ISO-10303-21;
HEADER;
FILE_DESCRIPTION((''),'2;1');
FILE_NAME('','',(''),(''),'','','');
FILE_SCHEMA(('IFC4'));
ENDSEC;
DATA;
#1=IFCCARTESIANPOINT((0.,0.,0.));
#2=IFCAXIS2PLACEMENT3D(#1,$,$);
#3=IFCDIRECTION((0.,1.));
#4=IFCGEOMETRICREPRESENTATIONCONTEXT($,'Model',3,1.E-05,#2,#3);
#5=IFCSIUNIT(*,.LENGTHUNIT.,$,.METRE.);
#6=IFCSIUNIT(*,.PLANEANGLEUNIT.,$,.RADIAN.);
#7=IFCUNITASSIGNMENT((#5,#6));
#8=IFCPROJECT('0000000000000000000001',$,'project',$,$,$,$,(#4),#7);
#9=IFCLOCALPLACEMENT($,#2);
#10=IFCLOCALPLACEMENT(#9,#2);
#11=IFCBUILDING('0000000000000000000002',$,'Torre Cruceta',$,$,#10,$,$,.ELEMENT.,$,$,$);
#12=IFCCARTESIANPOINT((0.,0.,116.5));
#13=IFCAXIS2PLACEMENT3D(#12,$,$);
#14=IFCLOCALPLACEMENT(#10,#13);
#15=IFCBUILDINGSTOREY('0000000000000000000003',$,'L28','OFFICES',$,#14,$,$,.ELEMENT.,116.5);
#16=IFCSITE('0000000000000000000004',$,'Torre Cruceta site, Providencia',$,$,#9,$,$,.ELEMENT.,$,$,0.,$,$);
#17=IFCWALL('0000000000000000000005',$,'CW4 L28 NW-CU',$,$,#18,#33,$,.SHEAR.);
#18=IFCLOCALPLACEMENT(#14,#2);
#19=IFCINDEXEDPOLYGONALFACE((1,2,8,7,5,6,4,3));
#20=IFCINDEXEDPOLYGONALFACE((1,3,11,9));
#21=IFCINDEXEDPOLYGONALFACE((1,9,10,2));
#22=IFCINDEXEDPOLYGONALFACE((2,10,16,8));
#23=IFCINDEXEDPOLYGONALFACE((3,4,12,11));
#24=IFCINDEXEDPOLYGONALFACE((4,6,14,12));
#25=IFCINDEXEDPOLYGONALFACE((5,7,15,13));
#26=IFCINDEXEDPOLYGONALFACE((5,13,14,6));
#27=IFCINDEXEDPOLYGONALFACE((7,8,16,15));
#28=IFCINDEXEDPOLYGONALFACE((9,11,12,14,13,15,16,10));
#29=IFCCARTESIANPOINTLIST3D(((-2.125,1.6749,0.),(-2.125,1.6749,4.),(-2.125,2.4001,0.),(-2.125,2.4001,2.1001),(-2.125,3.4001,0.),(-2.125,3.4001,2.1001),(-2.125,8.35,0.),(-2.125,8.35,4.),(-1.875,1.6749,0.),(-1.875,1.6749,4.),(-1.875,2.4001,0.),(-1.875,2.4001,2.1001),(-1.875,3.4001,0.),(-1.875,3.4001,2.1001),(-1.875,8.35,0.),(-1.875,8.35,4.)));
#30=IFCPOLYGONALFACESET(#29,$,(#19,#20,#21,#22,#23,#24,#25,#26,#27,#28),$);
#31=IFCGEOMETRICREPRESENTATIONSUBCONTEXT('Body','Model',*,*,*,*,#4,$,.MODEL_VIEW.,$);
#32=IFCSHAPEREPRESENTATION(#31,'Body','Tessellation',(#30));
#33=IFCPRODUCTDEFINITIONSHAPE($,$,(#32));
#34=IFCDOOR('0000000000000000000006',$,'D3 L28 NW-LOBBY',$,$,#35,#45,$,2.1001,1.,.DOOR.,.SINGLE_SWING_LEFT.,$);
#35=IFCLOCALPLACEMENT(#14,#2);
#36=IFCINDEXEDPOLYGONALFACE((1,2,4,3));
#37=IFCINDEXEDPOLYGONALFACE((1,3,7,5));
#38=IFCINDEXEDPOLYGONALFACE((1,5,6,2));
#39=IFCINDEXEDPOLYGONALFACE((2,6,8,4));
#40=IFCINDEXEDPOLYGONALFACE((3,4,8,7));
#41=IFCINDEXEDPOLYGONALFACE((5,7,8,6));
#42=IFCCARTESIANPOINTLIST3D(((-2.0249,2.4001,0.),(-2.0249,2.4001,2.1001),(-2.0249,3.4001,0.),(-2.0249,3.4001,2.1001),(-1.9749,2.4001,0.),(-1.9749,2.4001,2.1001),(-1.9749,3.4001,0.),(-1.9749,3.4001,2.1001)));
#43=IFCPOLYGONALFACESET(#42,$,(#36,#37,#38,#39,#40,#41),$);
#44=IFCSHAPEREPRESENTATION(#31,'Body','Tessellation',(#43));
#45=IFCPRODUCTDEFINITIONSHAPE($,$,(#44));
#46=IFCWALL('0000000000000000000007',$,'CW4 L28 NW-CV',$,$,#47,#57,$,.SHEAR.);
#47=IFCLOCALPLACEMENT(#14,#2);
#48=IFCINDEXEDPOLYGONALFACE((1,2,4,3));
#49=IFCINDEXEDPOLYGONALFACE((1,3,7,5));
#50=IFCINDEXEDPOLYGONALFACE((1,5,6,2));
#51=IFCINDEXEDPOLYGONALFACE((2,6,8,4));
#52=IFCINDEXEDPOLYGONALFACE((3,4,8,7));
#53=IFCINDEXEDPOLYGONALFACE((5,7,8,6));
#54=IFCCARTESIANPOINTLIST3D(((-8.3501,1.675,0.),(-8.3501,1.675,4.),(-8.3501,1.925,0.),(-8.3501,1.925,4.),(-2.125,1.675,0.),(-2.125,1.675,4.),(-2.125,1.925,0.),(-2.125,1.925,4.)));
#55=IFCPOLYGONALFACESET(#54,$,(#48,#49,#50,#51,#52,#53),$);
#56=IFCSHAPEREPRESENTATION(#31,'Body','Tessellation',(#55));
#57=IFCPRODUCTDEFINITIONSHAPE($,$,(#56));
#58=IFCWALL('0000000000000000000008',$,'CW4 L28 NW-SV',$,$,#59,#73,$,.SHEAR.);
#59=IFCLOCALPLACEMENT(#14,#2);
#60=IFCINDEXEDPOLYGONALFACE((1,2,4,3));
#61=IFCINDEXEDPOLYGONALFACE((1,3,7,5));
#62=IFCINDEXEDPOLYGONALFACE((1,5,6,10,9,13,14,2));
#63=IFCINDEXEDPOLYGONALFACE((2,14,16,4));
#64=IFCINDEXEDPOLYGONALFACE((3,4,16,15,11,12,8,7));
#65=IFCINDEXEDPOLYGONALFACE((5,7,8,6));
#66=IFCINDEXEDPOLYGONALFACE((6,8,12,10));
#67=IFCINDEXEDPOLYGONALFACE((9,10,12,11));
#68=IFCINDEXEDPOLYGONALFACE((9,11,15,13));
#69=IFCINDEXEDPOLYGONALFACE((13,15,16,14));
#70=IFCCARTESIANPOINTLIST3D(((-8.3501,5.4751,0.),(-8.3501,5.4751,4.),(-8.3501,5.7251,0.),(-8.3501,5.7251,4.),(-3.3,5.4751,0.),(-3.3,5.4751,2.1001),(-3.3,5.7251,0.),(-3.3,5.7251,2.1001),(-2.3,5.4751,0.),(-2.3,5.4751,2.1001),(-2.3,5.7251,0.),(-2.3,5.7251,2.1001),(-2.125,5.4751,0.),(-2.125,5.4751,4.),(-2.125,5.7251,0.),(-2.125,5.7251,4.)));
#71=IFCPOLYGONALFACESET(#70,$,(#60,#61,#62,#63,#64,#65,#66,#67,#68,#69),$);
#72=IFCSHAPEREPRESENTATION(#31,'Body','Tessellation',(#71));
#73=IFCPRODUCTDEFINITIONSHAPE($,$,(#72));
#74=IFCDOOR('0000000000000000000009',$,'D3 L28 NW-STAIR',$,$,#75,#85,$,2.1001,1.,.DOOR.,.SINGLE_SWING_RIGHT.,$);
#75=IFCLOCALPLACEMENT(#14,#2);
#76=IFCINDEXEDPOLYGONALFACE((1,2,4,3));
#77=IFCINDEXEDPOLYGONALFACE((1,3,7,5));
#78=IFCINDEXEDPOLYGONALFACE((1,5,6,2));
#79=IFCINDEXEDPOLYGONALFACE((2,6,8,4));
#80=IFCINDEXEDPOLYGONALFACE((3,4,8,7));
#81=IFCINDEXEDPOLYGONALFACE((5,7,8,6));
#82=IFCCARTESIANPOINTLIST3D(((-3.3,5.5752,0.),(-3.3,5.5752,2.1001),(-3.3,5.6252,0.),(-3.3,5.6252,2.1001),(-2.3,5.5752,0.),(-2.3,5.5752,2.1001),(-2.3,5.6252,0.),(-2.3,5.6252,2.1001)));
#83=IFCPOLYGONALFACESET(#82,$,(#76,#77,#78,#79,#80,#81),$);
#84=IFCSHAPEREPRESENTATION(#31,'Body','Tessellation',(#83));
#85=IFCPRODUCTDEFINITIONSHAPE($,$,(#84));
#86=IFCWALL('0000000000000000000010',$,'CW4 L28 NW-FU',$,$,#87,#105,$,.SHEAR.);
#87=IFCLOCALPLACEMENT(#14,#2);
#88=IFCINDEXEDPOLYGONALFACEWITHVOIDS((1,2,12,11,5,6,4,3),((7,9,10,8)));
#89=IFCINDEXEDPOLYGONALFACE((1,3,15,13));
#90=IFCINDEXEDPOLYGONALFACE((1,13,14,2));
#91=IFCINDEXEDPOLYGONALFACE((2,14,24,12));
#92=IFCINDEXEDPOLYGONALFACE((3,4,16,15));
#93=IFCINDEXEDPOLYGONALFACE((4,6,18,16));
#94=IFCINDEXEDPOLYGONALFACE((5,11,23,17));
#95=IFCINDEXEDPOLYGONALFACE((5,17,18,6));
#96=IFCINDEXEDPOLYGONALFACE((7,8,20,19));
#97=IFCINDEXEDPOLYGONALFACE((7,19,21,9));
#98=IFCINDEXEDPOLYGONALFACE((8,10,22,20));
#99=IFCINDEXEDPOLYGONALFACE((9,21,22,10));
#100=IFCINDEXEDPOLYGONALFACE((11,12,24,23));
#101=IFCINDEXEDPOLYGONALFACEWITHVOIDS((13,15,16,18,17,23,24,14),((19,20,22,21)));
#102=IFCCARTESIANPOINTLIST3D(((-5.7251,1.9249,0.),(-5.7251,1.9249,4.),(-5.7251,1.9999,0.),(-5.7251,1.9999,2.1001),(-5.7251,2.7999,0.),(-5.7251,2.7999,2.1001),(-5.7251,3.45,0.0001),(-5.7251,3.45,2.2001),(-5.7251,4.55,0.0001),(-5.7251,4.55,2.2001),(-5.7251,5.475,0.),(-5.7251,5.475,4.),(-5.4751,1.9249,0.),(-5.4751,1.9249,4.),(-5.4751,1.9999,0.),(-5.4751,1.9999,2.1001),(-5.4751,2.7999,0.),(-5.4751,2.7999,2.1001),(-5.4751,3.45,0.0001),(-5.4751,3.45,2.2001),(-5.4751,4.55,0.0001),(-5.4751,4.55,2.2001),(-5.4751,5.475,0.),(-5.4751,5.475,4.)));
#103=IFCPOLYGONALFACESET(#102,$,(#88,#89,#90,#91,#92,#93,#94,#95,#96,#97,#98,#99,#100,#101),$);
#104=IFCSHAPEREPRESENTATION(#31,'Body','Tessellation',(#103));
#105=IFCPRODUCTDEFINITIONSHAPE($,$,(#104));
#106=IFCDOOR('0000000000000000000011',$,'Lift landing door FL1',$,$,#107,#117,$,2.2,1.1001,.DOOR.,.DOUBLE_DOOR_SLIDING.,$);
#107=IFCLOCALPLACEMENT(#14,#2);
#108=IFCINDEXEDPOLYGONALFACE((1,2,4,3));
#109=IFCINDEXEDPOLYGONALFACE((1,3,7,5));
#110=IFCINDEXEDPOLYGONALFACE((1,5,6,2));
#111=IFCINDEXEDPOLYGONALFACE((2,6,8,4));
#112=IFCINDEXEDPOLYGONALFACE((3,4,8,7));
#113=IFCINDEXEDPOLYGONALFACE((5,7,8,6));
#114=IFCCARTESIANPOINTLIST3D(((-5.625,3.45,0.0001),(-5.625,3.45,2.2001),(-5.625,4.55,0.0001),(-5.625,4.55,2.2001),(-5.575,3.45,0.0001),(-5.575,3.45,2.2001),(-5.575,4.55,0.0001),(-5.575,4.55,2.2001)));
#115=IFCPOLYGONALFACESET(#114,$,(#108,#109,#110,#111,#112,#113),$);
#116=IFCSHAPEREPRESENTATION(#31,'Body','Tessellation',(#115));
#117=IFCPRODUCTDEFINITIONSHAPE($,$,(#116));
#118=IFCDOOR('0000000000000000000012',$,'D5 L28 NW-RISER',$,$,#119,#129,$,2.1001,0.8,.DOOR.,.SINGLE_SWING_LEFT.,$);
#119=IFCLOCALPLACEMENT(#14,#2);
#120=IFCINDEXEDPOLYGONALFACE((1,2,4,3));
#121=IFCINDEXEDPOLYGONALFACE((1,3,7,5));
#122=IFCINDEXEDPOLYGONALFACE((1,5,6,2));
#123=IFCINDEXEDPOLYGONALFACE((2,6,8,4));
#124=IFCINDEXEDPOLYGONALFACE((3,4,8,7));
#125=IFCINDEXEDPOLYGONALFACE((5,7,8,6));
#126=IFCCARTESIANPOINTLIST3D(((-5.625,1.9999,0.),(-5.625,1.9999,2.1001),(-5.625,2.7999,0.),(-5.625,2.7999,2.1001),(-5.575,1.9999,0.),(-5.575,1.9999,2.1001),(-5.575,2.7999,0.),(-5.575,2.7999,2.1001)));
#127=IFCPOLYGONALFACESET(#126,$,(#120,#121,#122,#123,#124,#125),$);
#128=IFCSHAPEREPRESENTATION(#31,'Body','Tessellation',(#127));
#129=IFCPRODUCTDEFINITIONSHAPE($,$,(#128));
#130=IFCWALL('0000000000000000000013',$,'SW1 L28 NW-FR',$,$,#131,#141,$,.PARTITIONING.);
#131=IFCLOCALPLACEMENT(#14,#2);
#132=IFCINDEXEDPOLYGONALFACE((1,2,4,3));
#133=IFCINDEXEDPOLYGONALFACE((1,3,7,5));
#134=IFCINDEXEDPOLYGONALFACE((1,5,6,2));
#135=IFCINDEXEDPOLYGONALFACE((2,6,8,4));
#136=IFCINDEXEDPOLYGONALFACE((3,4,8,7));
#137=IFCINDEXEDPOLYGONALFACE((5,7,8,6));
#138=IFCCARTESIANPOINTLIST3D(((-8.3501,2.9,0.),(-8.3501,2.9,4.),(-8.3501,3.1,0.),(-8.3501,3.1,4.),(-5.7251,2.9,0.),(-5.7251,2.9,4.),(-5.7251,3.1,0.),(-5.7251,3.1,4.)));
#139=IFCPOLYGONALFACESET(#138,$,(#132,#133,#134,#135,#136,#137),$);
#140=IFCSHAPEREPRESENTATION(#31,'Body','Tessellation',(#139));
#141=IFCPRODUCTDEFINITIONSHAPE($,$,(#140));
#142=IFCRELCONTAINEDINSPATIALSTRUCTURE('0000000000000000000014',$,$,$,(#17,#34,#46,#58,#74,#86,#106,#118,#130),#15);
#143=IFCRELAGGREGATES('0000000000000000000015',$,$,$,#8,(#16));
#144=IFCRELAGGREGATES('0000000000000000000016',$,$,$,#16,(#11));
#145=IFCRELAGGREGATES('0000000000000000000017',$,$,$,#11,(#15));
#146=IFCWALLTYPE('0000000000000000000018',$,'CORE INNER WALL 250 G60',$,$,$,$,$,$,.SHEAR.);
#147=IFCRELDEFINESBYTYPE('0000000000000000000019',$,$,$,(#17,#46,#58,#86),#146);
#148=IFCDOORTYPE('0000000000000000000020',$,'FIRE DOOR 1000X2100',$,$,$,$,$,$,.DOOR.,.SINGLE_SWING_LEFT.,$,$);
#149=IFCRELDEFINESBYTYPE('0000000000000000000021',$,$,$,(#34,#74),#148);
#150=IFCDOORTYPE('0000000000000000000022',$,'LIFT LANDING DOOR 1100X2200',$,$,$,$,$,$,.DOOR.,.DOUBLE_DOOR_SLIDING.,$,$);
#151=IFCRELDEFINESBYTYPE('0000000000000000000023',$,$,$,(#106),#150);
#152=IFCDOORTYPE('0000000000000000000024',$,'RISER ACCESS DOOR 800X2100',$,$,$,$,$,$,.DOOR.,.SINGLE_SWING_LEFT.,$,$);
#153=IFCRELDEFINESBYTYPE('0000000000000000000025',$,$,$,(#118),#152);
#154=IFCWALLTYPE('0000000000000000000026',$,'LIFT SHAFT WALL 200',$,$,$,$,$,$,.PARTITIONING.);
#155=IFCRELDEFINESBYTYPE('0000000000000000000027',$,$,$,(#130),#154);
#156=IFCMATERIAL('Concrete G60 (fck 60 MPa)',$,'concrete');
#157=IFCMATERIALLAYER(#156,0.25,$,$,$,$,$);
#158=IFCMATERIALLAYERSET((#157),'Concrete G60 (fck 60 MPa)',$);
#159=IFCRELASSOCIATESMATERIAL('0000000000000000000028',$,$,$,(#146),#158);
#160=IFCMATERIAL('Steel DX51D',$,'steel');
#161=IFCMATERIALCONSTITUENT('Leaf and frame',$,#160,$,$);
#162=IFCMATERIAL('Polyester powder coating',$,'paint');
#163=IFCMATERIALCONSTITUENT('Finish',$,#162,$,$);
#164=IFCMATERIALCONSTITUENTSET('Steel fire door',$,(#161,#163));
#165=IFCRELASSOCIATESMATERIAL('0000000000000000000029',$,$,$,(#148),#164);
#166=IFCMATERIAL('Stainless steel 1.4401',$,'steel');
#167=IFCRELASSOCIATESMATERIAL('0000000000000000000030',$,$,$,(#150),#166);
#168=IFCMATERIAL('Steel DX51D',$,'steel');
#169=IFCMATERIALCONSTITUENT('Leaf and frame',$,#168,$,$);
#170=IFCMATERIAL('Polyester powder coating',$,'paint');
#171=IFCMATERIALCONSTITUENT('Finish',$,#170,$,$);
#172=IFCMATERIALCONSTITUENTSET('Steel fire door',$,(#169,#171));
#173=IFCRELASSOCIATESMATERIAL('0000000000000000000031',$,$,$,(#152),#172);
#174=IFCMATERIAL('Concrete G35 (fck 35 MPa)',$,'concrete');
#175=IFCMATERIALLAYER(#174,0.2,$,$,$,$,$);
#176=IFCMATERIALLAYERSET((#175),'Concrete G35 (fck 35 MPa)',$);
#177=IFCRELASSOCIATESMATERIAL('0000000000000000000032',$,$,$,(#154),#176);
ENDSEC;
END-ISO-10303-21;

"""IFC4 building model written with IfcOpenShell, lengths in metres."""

from ifc_helpers import new_model, si_unit, direction, frame, frame_2d, origin, place, context, subcontext, project, spatial, rectangle, extrude, material, layer, layer_set, constituent, constituent_set, type_object, element, fill, save


model = new_model("IFC4")

# Units and contexts
model_context = context("Model", 3, precision=1e-05, world=origin(), true_north=direction((0.0, 1.0)))
body_context = subcontext(model_context, "Body", "Model", "MODEL_VIEW")
ifc_project = project(units=[si_unit("LENGTHUNIT", "METRE"), si_unit("PLANEANGLEUNIT", "RADIAN")], contexts=[model_context])

# Site, building, storey
site_placement = place(None, origin())
site = spatial("IfcSite", under=ifc_project, at=site_placement, Name="Torre Cruceta site, Providencia", CompositionType="ELEMENT", RefElevation=0.0)
building_placement = place(site_placement, origin())
building = spatial("IfcBuilding", under=site, at=building_placement, Name="Torre Cruceta", CompositionType="ELEMENT")
storey_placement = place(building_placement, frame((0.0, 0.0, 116.5)))
storey = spatial("IfcBuildingStorey", under=building, at=storey_placement, Name="L28", Description="OFFICES", CompositionType="ELEMENT", Elevation=116.5)

# Wall, opening, door
ifc_material_1 = material(Name="Concrete G60 (fck 60 MPa)", Category="concrete")
ifc_layer_1 = layer(ifc_material_1, 0.25)
ifc_layer_set_1 = layer_set([ifc_layer_1], Name="Concrete G60 (fck 60 MPa)")
wall_type_1 = type_object("IfcWallType", Name="CORE INNER WALL 250 G60", PredefinedType="SHEAR", material=ifc_layer_set_1)
wall_1_placement = place(storey_placement, frame((-2.0, 1.675, 0.0), z_axis=(0.0, 0.0, 1.0), x_axis=(0.0, 1.0, 0.0)))
wall_1 = element("IfcWall", 1, at=wall_1_placement, inside=storey, type_object=wall_type_1, Name="CW4 L28 NW-CU", PredefinedType="SHEAR", context=body_context, shape_type="SweptSolid", body=[
    extrude(rectangle(XDim=6.675, YDim=0.25, at=frame_2d((3.3374, 0.0))), origin(), (0.0, 0.0, 1.0), 4.0),
])
opening_1_placement = place(wall_1_placement, frame((0.7251, 0.0, 0.0)))
opening_1 = element("IfcOpeningElement", 2, at=opening_1_placement, cuts=wall_1, PredefinedType="OPENING", context=body_context, shape_type="SweptSolid", body=[
    extrude(rectangle(XDim=1.0, YDim=2.1001, at=frame_2d((0.5, 1.05))), frame((0.0, 0.135, 0.0), z_axis=(0.0, -1.0, 0.0), x_axis=(1.0, 0.0, 0.0)), (0.0, 0.0, 1.0), 0.27),
])
ifc_material_2 = material(Name="Steel DX51D", Category="steel")
ifc_constituent_1 = constituent(ifc_material_2, Name="Leaf and frame")
ifc_material_3 = material(Name="Polyester powder coating", Category="paint")
ifc_constituent_2 = constituent(ifc_material_3, Name="Finish")
ifc_constituent_set_1 = constituent_set(constituents=[ifc_constituent_1, ifc_constituent_2], Name="Steel fire door")
door_type_1 = type_object("IfcDoorType", Name="FIRE DOOR 1000X2100", OperationType="SINGLE_SWING_LEFT", PredefinedType="DOOR", material=ifc_constituent_set_1)
door_1_placement = place(opening_1_placement, origin())
door_1 = element("IfcDoor", 3, at=door_1_placement, inside=storey, type_object=door_type_1, Name="D3 L28 NW-LOBBY", OperationType="SINGLE_SWING_LEFT", OverallHeight=2.1001, OverallWidth=1.0, PredefinedType="DOOR", context=body_context, shape_type="SweptSolid", body=[
    extrude(rectangle(XDim=1.0, YDim=2.1001, at=frame_2d((0.5, 1.05))), frame((0.0, 0.0249, 0.0), z_axis=(0.0, -1.0, 0.0), x_axis=(1.0, 0.0, 0.0)), (0.0, 0.0, 1.0), 0.05),
])
fill(opening_1, door_1)

# Wall
wall_2_placement = place(storey_placement, frame((-2.125, 1.8, 0.0), z_axis=(0.0, 0.0, 1.0), x_axis=(-1.0, 0.0, 0.0)))
element("IfcWall", 4, at=wall_2_placement, inside=storey, type_object=wall_type_1, Name="CW4 L28 NW-CV", PredefinedType="SHEAR", context=body_context, shape_type="SweptSolid", body=[
    extrude(rectangle(XDim=6.2251, YDim=0.25, at=frame_2d((3.1125, 0.0))), origin(), (0.0, 0.0, 1.0), 4.0),
])

# Wall, opening, door
wall_3_placement = place(storey_placement, frame((-2.125, 5.6001, 0.0), z_axis=(0.0, 0.0, 1.0), x_axis=(-1.0, 0.0, 0.0)))
wall_3 = element("IfcWall", 5, at=wall_3_placement, inside=storey, type_object=wall_type_1, Name="CW4 L28 NW-SV", PredefinedType="SHEAR", context=body_context, shape_type="SweptSolid", body=[
    extrude(rectangle(XDim=6.2251, YDim=0.25, at=frame_2d((3.1125, 0.0))), origin(), (0.0, 0.0, 1.0), 4.0),
])
opening_2_placement = place(wall_3_placement, frame((0.175, 0.0, 0.0)))
opening_2 = element("IfcOpeningElement", 6, at=opening_2_placement, cuts=wall_3, PredefinedType="OPENING", context=body_context, shape_type="SweptSolid", body=[
    extrude(rectangle(XDim=1.0, YDim=2.1001, at=frame_2d((0.5, 1.05))), frame((0.0, 0.135, 0.0), z_axis=(0.0, -1.0, 0.0), x_axis=(1.0, 0.0, 0.0)), (0.0, 0.0, 1.0), 0.27),
])
door_2_placement = place(opening_2_placement, frame((1.0, 0.0, 0.0), z_axis=(0.0, 0.0, 1.0), x_axis=(-1.0, 0.0, 0.0)))
door_2 = element("IfcDoor", 7, at=door_2_placement, inside=storey, type_object=door_type_1, Name="D3 L28 NW-STAIR", OperationType="SINGLE_SWING_RIGHT", OverallHeight=2.1001, OverallWidth=1.0, PredefinedType="DOOR", context=body_context, shape_type="SweptSolid", body=[
    extrude(rectangle(XDim=1.0, YDim=2.1001, at=frame_2d((0.5, 1.05))), frame((0.0, 0.0251, 0.0), z_axis=(0.0, -1.0, 0.0), x_axis=(1.0, 0.0, 0.0)), (0.0, 0.0, 1.0), 0.05),
])
fill(opening_2, door_2)

# Wall, openings, doors
wall_4_placement = place(storey_placement, frame((-5.6001, 1.925, 0.0), z_axis=(0.0, 0.0, 1.0), x_axis=(0.0, 1.0, 0.0)))
wall_4 = element("IfcWall", 8, at=wall_4_placement, inside=storey, type_object=wall_type_1, Name="CW4 L28 NW-FU", PredefinedType="SHEAR", context=body_context, shape_type="SweptSolid", body=[
    extrude(rectangle(XDim=3.55, YDim=0.25, at=frame_2d((1.7749, 0.0))), origin(), (0.0, 0.0, 1.0), 4.0),
])
opening_3_placement = place(wall_4_placement, frame((1.5249, 0.0, 0.0)))
opening_3 = element("IfcOpeningElement", 9, at=opening_3_placement, cuts=wall_4, PredefinedType="OPENING", context=body_context, shape_type="SweptSolid", body=[
    extrude(rectangle(XDim=1.1001, YDim=2.2, at=frame_2d((0.55, 1.1001))), frame((0.0, 0.135, 0.0), z_axis=(0.0, -1.0, 0.0), x_axis=(1.0, 0.0, 0.0)), (0.0, 0.0, 1.0), 0.27),
])
opening_4_placement = place(wall_4_placement, frame((0.075, 0.0, 0.0)))
opening_4 = element("IfcOpeningElement", 10, at=opening_4_placement, cuts=wall_4, PredefinedType="OPENING", context=body_context, shape_type="SweptSolid", body=[
    extrude(rectangle(XDim=0.8, YDim=2.1001, at=frame_2d((0.3999, 1.05))), frame((0.0, 0.135, 0.0), z_axis=(0.0, -1.0, 0.0), x_axis=(1.0, 0.0, 0.0)), (0.0, 0.0, 1.0), 0.27),
])
ifc_material_4 = material(Name="Stainless steel 1.4401", Category="steel")
door_type_2 = type_object("IfcDoorType", Name="LIFT LANDING DOOR 1100X2200", OperationType="DOUBLE_DOOR_SLIDING", PredefinedType="DOOR", material=ifc_material_4)
door_3_placement = place(opening_3_placement, origin())
door_3 = element("IfcDoor", 11, at=door_3_placement, inside=storey, type_object=door_type_2, Name="Lift landing door FL1", OperationType="DOUBLE_DOOR_SLIDING", OverallHeight=2.2, OverallWidth=1.1001, PredefinedType="DOOR", context=body_context, shape_type="SweptSolid", body=[
    extrude(rectangle(XDim=1.1001, YDim=2.2, at=frame_2d((0.55, 1.1001))), frame((0.0, 0.0249, 0.0), z_axis=(0.0, -1.0, 0.0), x_axis=(1.0, 0.0, 0.0)), (0.0, 0.0, 1.0), 0.05),
])
fill(opening_3, door_3)
ifc_material_5 = material(Name="Steel DX51D", Category="steel")
ifc_constituent_3 = constituent(ifc_material_5, Name="Leaf and frame")
ifc_material_6 = material(Name="Polyester powder coating", Category="paint")
ifc_constituent_4 = constituent(ifc_material_6, Name="Finish")
ifc_constituent_set_2 = constituent_set(constituents=[ifc_constituent_3, ifc_constituent_4], Name="Steel fire door")
door_type_3 = type_object("IfcDoorType", Name="RISER ACCESS DOOR 800X2100", OperationType="SINGLE_SWING_LEFT", PredefinedType="DOOR", material=ifc_constituent_set_2)
door_4_placement = place(opening_4_placement, origin())
door_4 = element("IfcDoor", 12, at=door_4_placement, inside=storey, type_object=door_type_3, Name="D5 L28 NW-RISER", OperationType="SINGLE_SWING_LEFT", OverallHeight=2.1001, OverallWidth=0.8, PredefinedType="DOOR", context=body_context, shape_type="SweptSolid", body=[
    extrude(rectangle(XDim=0.8, YDim=2.1001, at=frame_2d((0.3999, 1.05))), frame((0.0, 0.0249, 0.0), z_axis=(0.0, -1.0, 0.0), x_axis=(1.0, 0.0, 0.0)), (0.0, 0.0, 1.0), 0.05),
])
fill(opening_4, door_4)

# Wall
ifc_material_7 = material(Name="Concrete G35 (fck 35 MPa)", Category="concrete")
ifc_layer_2 = layer(ifc_material_7, 0.2)
ifc_layer_set_2 = layer_set([ifc_layer_2], Name="Concrete G35 (fck 35 MPa)")
wall_type_2 = type_object("IfcWallType", Name="LIFT SHAFT WALL 200", PredefinedType="PARTITIONING", material=ifc_layer_set_2)
wall_5_placement = place(storey_placement, frame((-5.7251, 3.0, 0.0), z_axis=(0.0, 0.0, 1.0), x_axis=(-1.0, 0.0, 0.0)))
element("IfcWall", 13, at=wall_5_placement, inside=storey, type_object=wall_type_2, Name="SW1 L28 NW-FR", PredefinedType="PARTITIONING", context=body_context, shape_type="SweptSolid", body=[
    extrude(rectangle(XDim=2.625, YDim=0.2, at=frame_2d((1.3125, 0.0))), origin(), (0.0, 0.0, 1.0), 4.0),
])

save(model, "model.ifc")
